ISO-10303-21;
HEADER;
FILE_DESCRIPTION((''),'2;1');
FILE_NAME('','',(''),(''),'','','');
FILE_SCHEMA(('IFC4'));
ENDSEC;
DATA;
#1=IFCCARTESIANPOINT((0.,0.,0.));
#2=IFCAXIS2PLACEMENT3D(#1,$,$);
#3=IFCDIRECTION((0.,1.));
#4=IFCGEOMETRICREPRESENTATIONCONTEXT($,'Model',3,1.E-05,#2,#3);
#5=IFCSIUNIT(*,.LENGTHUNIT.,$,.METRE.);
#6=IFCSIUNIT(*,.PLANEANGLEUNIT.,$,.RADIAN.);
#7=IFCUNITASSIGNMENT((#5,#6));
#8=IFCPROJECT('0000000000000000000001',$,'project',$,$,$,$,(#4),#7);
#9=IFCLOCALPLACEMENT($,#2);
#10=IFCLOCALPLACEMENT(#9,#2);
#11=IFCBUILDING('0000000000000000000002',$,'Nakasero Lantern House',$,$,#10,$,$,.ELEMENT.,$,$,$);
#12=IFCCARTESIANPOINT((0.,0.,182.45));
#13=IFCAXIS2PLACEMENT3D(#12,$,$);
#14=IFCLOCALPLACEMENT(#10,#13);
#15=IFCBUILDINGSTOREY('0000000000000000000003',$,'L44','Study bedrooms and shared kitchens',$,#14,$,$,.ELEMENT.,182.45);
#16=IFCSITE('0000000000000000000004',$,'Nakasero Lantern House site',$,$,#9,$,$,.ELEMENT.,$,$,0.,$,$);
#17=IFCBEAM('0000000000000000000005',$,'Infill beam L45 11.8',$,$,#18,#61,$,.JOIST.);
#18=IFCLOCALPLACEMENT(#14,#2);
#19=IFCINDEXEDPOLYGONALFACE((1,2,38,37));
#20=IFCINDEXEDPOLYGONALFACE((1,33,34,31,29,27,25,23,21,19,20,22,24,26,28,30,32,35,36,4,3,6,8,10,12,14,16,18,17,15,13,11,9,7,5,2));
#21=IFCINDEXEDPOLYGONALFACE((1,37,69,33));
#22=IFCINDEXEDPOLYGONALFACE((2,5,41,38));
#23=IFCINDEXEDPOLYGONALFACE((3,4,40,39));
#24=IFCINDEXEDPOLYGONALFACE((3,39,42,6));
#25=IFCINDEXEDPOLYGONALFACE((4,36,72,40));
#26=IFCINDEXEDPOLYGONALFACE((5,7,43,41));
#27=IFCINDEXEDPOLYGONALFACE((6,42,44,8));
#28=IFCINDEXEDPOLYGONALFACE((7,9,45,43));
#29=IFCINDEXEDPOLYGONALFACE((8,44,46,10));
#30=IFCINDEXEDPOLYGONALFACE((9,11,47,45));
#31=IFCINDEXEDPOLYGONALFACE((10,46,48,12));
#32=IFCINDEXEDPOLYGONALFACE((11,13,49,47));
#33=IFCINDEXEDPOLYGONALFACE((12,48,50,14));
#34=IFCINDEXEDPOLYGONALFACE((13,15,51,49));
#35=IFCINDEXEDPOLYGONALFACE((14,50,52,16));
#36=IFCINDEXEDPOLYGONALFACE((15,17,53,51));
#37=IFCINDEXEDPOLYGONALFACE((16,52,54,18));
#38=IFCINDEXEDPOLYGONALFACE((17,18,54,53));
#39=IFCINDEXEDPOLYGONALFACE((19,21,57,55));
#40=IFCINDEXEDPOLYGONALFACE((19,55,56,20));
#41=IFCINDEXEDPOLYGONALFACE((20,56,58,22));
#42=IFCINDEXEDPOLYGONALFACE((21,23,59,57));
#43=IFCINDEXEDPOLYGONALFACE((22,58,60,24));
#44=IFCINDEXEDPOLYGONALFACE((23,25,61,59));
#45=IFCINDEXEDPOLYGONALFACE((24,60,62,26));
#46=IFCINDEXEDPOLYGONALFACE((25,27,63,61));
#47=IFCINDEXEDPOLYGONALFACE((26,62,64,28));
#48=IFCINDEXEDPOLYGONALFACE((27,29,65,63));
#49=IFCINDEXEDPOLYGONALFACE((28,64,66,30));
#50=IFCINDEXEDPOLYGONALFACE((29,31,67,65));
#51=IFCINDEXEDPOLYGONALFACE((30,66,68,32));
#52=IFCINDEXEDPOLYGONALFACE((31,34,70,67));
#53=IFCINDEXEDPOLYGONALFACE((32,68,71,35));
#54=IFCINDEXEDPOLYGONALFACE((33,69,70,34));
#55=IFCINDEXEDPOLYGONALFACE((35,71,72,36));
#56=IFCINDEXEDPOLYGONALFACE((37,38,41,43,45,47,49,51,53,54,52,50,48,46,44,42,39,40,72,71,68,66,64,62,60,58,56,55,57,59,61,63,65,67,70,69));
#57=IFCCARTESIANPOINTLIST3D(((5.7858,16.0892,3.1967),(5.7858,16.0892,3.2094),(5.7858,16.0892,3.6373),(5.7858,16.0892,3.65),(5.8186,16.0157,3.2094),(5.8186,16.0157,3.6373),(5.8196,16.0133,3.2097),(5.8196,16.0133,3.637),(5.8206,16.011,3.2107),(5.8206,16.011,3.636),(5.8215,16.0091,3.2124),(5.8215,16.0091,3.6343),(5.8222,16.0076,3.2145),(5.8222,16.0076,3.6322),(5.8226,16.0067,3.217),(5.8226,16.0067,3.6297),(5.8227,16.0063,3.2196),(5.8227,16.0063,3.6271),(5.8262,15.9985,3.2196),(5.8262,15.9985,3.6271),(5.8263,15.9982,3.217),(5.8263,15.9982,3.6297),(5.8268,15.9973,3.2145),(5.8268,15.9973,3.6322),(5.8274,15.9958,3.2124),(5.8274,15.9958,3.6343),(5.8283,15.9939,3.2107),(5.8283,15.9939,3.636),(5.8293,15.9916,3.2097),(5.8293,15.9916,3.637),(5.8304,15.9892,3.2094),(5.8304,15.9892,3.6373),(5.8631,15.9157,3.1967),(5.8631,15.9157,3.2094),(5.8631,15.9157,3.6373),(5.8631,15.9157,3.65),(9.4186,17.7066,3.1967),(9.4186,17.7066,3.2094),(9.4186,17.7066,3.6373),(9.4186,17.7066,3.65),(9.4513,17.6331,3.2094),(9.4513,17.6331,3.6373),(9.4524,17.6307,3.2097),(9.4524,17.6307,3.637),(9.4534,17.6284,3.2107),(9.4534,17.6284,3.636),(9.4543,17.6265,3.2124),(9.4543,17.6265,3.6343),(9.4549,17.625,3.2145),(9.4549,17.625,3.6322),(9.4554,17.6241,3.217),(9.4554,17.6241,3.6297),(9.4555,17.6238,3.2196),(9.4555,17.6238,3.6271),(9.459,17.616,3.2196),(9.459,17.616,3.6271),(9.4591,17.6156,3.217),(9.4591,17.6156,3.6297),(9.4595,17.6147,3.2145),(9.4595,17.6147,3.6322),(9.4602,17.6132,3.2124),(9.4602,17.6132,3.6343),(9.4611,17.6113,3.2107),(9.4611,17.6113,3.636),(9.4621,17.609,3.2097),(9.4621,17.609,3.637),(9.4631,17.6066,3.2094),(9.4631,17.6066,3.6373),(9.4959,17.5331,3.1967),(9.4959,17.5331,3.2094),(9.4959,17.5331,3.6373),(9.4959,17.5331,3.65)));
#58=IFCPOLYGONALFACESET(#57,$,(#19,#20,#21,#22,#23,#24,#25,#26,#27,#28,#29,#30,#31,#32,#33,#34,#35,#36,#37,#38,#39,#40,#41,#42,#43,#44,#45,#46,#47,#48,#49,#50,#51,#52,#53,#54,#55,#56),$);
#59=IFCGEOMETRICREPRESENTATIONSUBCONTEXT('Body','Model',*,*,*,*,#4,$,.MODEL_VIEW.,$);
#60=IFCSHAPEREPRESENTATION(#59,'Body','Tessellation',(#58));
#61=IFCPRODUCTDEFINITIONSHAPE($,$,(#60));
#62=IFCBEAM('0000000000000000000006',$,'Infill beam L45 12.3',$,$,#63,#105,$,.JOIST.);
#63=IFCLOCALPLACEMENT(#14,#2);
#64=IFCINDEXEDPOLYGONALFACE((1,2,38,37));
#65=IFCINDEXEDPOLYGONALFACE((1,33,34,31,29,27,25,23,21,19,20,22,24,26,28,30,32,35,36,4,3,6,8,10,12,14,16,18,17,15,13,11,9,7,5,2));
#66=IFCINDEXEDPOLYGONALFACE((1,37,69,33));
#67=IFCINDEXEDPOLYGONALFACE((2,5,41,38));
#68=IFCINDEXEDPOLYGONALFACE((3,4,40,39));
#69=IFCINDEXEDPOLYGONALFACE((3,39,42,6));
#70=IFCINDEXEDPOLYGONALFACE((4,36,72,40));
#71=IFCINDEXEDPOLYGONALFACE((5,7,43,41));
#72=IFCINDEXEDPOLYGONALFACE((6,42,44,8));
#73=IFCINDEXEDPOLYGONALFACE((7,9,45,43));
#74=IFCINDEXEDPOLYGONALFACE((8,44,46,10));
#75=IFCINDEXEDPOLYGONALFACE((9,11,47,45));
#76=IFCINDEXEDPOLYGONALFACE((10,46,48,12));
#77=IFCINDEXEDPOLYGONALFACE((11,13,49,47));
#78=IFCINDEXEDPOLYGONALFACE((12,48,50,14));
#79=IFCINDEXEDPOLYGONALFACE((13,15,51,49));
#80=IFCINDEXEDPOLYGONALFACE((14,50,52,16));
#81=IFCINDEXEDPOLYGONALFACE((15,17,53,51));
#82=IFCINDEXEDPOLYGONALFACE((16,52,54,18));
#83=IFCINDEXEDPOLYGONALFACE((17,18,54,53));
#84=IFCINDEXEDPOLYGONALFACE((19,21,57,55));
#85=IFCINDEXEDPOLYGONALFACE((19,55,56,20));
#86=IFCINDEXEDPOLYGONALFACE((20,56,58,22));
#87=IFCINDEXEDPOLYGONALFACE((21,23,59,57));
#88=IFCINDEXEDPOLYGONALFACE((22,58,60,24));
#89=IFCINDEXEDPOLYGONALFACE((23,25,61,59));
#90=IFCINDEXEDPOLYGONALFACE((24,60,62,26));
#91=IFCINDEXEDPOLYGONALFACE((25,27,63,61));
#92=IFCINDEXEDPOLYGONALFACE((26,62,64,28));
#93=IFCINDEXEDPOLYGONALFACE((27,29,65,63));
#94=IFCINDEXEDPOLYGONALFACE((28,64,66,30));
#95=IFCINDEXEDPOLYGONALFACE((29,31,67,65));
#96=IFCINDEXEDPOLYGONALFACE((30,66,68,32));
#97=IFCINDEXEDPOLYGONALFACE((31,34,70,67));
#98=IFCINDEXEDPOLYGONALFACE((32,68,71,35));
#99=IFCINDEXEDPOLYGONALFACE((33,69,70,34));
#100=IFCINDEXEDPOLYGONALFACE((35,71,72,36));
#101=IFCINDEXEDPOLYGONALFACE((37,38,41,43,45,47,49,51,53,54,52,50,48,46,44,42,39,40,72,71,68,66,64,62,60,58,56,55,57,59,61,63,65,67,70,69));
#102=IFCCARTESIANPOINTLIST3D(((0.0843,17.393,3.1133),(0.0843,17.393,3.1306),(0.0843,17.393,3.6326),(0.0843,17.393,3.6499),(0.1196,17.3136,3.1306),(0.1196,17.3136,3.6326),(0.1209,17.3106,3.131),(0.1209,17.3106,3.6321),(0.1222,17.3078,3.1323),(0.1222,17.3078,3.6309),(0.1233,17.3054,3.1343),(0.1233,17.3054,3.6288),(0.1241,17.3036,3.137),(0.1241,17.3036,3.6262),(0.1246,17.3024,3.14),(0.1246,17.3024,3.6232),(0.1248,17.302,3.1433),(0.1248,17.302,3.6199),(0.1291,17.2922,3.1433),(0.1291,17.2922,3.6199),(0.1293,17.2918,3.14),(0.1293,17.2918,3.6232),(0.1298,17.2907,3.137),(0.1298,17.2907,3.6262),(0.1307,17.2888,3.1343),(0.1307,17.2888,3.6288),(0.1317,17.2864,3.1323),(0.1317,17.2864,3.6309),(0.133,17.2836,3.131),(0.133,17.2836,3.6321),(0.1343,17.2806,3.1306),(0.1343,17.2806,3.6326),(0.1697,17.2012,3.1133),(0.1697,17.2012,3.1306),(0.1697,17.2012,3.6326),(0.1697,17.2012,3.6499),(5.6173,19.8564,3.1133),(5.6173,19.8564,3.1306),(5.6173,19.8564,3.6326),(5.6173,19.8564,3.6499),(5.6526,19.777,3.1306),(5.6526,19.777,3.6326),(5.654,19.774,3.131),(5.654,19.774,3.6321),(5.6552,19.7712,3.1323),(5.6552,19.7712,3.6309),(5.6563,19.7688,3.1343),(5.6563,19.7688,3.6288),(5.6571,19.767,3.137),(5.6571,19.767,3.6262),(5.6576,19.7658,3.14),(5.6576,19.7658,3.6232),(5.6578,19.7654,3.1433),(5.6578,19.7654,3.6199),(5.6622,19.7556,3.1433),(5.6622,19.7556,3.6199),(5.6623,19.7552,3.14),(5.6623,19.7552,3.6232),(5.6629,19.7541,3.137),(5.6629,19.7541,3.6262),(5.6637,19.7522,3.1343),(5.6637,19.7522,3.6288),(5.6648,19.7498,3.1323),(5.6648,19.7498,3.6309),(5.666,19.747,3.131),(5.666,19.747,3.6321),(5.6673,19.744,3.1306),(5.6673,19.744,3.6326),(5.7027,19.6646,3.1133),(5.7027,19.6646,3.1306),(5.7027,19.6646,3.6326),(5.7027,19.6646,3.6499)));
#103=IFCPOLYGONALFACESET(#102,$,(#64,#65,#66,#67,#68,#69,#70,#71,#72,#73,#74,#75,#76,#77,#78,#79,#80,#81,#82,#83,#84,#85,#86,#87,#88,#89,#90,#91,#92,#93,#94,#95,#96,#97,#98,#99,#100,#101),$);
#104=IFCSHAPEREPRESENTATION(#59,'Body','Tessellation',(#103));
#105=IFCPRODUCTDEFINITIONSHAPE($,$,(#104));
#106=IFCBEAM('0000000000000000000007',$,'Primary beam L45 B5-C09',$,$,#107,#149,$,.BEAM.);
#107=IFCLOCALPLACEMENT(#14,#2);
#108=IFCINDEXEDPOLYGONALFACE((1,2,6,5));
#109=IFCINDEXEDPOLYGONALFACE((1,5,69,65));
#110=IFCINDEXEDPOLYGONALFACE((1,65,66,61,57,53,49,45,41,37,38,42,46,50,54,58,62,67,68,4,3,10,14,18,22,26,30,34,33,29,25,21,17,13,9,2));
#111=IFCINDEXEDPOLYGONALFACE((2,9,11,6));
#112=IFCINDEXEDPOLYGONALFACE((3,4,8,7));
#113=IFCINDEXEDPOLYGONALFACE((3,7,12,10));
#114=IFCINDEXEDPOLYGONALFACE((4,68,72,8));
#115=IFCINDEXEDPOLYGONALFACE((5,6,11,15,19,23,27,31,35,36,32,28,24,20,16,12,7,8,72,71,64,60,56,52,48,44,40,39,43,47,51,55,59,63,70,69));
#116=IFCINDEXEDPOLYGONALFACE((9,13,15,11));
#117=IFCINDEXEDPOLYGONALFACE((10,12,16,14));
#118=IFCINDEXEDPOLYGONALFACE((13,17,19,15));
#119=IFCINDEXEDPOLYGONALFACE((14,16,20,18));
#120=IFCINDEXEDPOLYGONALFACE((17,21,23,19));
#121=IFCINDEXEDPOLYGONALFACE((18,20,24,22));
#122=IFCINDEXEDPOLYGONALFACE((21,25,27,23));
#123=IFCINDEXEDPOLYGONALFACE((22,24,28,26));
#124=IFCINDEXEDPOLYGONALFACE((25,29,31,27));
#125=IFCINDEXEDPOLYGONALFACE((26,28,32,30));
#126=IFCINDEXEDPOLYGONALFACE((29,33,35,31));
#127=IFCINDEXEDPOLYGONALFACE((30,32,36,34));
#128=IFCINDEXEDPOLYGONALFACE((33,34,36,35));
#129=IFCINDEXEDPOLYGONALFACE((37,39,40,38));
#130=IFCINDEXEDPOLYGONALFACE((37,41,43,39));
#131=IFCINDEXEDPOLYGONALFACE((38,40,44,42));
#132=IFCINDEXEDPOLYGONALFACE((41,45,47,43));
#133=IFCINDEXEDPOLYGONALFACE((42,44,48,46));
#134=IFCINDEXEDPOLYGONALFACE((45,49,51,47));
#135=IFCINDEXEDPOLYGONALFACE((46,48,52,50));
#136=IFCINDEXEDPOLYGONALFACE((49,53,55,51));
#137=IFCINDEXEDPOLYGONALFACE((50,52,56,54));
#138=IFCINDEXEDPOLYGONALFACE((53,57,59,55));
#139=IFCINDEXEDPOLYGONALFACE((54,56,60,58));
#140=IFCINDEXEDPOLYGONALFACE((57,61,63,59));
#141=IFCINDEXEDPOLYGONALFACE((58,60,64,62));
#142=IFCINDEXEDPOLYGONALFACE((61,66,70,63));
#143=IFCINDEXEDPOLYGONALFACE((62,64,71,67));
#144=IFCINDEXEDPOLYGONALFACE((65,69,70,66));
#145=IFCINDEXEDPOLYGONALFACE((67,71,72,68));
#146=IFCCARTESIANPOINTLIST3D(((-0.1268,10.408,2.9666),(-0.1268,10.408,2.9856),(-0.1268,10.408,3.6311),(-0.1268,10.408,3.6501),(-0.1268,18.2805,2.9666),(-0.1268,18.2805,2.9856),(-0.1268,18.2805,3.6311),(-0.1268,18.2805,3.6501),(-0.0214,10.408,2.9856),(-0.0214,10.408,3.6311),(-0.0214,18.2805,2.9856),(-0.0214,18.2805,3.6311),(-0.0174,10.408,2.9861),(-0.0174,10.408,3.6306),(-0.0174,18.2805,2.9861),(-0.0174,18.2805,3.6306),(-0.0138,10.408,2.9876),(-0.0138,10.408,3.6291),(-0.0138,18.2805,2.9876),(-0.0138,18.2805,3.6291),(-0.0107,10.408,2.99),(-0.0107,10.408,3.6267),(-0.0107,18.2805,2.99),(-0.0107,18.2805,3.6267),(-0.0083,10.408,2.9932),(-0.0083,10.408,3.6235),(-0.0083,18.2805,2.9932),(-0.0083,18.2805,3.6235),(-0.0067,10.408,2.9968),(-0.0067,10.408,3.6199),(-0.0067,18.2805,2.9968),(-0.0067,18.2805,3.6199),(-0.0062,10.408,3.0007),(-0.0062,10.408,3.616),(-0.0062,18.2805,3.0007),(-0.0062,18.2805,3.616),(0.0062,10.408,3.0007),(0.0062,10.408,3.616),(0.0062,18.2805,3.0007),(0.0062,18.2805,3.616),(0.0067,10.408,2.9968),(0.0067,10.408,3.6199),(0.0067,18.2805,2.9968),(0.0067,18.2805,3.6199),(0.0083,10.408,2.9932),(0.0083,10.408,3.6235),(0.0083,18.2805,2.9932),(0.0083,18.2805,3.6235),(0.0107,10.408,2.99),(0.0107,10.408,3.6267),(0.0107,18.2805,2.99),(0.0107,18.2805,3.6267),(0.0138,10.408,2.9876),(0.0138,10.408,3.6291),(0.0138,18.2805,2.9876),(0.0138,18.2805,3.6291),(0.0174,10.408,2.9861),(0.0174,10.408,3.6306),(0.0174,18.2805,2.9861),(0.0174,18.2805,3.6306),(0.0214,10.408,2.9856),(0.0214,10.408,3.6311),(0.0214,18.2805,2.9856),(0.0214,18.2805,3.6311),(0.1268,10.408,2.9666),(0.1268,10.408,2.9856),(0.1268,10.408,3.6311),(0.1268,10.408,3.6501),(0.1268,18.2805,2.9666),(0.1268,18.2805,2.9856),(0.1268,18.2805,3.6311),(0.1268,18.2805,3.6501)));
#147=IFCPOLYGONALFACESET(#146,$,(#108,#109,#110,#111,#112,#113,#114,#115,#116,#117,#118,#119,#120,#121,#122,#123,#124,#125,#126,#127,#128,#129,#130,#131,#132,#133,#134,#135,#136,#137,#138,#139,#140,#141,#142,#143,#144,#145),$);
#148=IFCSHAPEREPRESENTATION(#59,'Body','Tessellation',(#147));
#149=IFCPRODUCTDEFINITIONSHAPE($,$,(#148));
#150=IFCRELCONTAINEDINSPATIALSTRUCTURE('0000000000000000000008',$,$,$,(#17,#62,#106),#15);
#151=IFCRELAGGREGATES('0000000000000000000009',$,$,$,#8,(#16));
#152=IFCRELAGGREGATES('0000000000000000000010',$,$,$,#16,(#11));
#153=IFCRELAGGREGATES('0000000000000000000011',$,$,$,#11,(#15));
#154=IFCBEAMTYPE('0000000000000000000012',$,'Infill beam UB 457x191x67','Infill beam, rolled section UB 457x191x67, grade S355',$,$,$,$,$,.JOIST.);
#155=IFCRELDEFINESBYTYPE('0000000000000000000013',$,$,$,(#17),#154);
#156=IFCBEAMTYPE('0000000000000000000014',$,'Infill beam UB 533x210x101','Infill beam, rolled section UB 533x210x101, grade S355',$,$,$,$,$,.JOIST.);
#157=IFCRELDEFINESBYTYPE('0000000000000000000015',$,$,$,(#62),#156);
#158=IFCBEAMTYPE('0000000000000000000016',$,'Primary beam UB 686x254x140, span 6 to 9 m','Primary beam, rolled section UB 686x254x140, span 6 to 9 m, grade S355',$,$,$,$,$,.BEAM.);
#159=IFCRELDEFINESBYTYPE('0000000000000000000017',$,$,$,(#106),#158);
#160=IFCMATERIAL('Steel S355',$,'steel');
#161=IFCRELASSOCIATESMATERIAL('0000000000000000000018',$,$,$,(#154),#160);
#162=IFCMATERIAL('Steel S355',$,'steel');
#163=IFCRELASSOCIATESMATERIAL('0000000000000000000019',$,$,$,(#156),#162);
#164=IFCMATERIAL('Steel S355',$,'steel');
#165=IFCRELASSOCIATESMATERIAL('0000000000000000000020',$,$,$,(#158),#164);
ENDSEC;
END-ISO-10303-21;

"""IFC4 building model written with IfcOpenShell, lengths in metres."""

from ifc_helpers import new_model, si_unit, direction, frame, origin, origin_2d, place, context, subcontext, project, spatial, i_section, extrude, material, material_profile, profile_set, type_object, element, save


model = new_model("IFC4")

# Units and contexts
model_context = context("Model", 3, precision=1e-05, world=origin(), true_north=direction((0.0, 1.0)))
body_context = subcontext(model_context, "Body", "Model", "MODEL_VIEW")
ifc_project = project(units=[si_unit("LENGTHUNIT", "METRE"), si_unit("PLANEANGLEUNIT", "RADIAN")], contexts=[model_context])

# Site, building, storey
site_placement = place(None, origin())
site = spatial("IfcSite", under=ifc_project, at=site_placement, Name="Nakasero Lantern House site", CompositionType="ELEMENT", RefElevation=0.0)
building_placement = place(site_placement, origin())
building = spatial("IfcBuilding", under=site, at=building_placement, Name="Nakasero Lantern House", CompositionType="ELEMENT")
storey_placement = place(building_placement, frame((0.0, 0.0, 182.45)))
storey = spatial("IfcBuildingStorey", under=building, at=storey_placement, Name="L44", Description="Study bedrooms and shared kitchens", CompositionType="ELEMENT", Elevation=182.45)

# Beams
ifc_material_1 = material(Name="Steel S355", Category="steel")
ifc_material_profile_1 = material_profile(ifc_material_1, i_section(OverallWidth=0.1899, OverallDepth=0.4534, WebThickness=0.0085, FlangeThickness=0.0127, FilletRadius=0.0103, at=origin_2d()), Name="UB 457x191x67")
ifc_profile_set_1 = profile_set([ifc_material_profile_1], Name="Steel S355")
beam_type_1 = type_object("IfcBeamType", Name="Infill beam UB 457x191x67", Description="Infill beam, rolled section UB 457x191x67, grade S355", PredefinedType="JOIST", material=ifc_profile_set_1)
beam_1_placement = place(storey_placement, frame((5.8245, 16.0024, 3.4233), z_axis=(0.913546, 0.406736, 0.0), x_axis=(-0.406736, 0.913546, 0.0)))
element("IfcBeam", 1, at=beam_1_placement, inside=storey, type_object=beam_type_1, Name="Infill beam L45 11.8", PredefinedType="JOIST", context=body_context, shape_type="SweptSolid", body=[
    extrude(i_section(OverallWidth=0.1899, OverallDepth=0.4534, WebThickness=0.0085, FlangeThickness=0.0127, FilletRadius=0.0103, at=origin_2d()), origin(), (0.0, 0.0, 1.0), 3.9766),
])
ifc_material_2 = material(Name="Steel S355", Category="steel")
ifc_material_profile_2 = material_profile(ifc_material_2, i_section(OverallWidth=0.21, OverallDepth=0.5366, WebThickness=0.0107, FlangeThickness=0.0173, FilletRadius=0.0127, at=origin_2d()), Name="UB 533x210x101")
ifc_profile_set_2 = profile_set([ifc_material_profile_2], Name="Steel S355")
beam_type_2 = type_object("IfcBeamType", Name="Infill beam UB 533x210x101", Description="Infill beam, rolled section UB 533x210x101, grade S355", PredefinedType="JOIST", material=ifc_profile_set_2)
beam_2_placement = place(storey_placement, frame((0.127, 17.2971, 3.3816), z_axis=(0.913549, 0.406729, 0.0), x_axis=(-0.406729, 0.913549, 0.0)))
element("IfcBeam", 2, at=beam_2_placement, inside=storey, type_object=beam_type_2, Name="Infill beam L45 12.3", PredefinedType="JOIST", context=body_context, shape_type="SweptSolid", body=[
    extrude(i_section(OverallWidth=0.21, OverallDepth=0.5366, WebThickness=0.0107, FlangeThickness=0.0173, FilletRadius=0.0127, at=origin_2d()), origin(), (0.0, 0.0, 1.0), 6.0566),
])
ifc_material_3 = material(Name="Steel S355", Category="steel")
ifc_material_profile_3 = material_profile(ifc_material_3, i_section(OverallWidth=0.2537, OverallDepth=0.6836, WebThickness=0.0125, FlangeThickness=0.019, FilletRadius=0.0151, at=origin_2d()), Name="UB 686x254x140")
ifc_profile_set_3 = profile_set([ifc_material_profile_3], Name="Steel S355")
beam_type_3 = type_object("IfcBeamType", Name="Primary beam UB 686x254x140, span 6 to 9 m", Description="Primary beam, rolled section UB 686x254x140, span 6 to 9 m, grade S355", PredefinedType="BEAM", material=ifc_profile_set_3)
beam_3_placement = place(storey_placement, frame((0.0, 18.2805, 3.3083), z_axis=(0.0, -1.0, 0.0), x_axis=(1.0, 0.0, 0.0)))
element("IfcBeam", 3, at=beam_3_placement, inside=storey, type_object=beam_type_3, Name="Primary beam L45 B5-C09", PredefinedType="BEAM", context=body_context, shape_type="SweptSolid", body=[
    extrude(i_section(OverallWidth=0.2537, OverallDepth=0.6836, WebThickness=0.0125, FlangeThickness=0.019, FilletRadius=0.0151, at=origin_2d()), origin(), (0.0, 0.0, 1.0), 7.8726),
])

save(model, "model.ifc")
